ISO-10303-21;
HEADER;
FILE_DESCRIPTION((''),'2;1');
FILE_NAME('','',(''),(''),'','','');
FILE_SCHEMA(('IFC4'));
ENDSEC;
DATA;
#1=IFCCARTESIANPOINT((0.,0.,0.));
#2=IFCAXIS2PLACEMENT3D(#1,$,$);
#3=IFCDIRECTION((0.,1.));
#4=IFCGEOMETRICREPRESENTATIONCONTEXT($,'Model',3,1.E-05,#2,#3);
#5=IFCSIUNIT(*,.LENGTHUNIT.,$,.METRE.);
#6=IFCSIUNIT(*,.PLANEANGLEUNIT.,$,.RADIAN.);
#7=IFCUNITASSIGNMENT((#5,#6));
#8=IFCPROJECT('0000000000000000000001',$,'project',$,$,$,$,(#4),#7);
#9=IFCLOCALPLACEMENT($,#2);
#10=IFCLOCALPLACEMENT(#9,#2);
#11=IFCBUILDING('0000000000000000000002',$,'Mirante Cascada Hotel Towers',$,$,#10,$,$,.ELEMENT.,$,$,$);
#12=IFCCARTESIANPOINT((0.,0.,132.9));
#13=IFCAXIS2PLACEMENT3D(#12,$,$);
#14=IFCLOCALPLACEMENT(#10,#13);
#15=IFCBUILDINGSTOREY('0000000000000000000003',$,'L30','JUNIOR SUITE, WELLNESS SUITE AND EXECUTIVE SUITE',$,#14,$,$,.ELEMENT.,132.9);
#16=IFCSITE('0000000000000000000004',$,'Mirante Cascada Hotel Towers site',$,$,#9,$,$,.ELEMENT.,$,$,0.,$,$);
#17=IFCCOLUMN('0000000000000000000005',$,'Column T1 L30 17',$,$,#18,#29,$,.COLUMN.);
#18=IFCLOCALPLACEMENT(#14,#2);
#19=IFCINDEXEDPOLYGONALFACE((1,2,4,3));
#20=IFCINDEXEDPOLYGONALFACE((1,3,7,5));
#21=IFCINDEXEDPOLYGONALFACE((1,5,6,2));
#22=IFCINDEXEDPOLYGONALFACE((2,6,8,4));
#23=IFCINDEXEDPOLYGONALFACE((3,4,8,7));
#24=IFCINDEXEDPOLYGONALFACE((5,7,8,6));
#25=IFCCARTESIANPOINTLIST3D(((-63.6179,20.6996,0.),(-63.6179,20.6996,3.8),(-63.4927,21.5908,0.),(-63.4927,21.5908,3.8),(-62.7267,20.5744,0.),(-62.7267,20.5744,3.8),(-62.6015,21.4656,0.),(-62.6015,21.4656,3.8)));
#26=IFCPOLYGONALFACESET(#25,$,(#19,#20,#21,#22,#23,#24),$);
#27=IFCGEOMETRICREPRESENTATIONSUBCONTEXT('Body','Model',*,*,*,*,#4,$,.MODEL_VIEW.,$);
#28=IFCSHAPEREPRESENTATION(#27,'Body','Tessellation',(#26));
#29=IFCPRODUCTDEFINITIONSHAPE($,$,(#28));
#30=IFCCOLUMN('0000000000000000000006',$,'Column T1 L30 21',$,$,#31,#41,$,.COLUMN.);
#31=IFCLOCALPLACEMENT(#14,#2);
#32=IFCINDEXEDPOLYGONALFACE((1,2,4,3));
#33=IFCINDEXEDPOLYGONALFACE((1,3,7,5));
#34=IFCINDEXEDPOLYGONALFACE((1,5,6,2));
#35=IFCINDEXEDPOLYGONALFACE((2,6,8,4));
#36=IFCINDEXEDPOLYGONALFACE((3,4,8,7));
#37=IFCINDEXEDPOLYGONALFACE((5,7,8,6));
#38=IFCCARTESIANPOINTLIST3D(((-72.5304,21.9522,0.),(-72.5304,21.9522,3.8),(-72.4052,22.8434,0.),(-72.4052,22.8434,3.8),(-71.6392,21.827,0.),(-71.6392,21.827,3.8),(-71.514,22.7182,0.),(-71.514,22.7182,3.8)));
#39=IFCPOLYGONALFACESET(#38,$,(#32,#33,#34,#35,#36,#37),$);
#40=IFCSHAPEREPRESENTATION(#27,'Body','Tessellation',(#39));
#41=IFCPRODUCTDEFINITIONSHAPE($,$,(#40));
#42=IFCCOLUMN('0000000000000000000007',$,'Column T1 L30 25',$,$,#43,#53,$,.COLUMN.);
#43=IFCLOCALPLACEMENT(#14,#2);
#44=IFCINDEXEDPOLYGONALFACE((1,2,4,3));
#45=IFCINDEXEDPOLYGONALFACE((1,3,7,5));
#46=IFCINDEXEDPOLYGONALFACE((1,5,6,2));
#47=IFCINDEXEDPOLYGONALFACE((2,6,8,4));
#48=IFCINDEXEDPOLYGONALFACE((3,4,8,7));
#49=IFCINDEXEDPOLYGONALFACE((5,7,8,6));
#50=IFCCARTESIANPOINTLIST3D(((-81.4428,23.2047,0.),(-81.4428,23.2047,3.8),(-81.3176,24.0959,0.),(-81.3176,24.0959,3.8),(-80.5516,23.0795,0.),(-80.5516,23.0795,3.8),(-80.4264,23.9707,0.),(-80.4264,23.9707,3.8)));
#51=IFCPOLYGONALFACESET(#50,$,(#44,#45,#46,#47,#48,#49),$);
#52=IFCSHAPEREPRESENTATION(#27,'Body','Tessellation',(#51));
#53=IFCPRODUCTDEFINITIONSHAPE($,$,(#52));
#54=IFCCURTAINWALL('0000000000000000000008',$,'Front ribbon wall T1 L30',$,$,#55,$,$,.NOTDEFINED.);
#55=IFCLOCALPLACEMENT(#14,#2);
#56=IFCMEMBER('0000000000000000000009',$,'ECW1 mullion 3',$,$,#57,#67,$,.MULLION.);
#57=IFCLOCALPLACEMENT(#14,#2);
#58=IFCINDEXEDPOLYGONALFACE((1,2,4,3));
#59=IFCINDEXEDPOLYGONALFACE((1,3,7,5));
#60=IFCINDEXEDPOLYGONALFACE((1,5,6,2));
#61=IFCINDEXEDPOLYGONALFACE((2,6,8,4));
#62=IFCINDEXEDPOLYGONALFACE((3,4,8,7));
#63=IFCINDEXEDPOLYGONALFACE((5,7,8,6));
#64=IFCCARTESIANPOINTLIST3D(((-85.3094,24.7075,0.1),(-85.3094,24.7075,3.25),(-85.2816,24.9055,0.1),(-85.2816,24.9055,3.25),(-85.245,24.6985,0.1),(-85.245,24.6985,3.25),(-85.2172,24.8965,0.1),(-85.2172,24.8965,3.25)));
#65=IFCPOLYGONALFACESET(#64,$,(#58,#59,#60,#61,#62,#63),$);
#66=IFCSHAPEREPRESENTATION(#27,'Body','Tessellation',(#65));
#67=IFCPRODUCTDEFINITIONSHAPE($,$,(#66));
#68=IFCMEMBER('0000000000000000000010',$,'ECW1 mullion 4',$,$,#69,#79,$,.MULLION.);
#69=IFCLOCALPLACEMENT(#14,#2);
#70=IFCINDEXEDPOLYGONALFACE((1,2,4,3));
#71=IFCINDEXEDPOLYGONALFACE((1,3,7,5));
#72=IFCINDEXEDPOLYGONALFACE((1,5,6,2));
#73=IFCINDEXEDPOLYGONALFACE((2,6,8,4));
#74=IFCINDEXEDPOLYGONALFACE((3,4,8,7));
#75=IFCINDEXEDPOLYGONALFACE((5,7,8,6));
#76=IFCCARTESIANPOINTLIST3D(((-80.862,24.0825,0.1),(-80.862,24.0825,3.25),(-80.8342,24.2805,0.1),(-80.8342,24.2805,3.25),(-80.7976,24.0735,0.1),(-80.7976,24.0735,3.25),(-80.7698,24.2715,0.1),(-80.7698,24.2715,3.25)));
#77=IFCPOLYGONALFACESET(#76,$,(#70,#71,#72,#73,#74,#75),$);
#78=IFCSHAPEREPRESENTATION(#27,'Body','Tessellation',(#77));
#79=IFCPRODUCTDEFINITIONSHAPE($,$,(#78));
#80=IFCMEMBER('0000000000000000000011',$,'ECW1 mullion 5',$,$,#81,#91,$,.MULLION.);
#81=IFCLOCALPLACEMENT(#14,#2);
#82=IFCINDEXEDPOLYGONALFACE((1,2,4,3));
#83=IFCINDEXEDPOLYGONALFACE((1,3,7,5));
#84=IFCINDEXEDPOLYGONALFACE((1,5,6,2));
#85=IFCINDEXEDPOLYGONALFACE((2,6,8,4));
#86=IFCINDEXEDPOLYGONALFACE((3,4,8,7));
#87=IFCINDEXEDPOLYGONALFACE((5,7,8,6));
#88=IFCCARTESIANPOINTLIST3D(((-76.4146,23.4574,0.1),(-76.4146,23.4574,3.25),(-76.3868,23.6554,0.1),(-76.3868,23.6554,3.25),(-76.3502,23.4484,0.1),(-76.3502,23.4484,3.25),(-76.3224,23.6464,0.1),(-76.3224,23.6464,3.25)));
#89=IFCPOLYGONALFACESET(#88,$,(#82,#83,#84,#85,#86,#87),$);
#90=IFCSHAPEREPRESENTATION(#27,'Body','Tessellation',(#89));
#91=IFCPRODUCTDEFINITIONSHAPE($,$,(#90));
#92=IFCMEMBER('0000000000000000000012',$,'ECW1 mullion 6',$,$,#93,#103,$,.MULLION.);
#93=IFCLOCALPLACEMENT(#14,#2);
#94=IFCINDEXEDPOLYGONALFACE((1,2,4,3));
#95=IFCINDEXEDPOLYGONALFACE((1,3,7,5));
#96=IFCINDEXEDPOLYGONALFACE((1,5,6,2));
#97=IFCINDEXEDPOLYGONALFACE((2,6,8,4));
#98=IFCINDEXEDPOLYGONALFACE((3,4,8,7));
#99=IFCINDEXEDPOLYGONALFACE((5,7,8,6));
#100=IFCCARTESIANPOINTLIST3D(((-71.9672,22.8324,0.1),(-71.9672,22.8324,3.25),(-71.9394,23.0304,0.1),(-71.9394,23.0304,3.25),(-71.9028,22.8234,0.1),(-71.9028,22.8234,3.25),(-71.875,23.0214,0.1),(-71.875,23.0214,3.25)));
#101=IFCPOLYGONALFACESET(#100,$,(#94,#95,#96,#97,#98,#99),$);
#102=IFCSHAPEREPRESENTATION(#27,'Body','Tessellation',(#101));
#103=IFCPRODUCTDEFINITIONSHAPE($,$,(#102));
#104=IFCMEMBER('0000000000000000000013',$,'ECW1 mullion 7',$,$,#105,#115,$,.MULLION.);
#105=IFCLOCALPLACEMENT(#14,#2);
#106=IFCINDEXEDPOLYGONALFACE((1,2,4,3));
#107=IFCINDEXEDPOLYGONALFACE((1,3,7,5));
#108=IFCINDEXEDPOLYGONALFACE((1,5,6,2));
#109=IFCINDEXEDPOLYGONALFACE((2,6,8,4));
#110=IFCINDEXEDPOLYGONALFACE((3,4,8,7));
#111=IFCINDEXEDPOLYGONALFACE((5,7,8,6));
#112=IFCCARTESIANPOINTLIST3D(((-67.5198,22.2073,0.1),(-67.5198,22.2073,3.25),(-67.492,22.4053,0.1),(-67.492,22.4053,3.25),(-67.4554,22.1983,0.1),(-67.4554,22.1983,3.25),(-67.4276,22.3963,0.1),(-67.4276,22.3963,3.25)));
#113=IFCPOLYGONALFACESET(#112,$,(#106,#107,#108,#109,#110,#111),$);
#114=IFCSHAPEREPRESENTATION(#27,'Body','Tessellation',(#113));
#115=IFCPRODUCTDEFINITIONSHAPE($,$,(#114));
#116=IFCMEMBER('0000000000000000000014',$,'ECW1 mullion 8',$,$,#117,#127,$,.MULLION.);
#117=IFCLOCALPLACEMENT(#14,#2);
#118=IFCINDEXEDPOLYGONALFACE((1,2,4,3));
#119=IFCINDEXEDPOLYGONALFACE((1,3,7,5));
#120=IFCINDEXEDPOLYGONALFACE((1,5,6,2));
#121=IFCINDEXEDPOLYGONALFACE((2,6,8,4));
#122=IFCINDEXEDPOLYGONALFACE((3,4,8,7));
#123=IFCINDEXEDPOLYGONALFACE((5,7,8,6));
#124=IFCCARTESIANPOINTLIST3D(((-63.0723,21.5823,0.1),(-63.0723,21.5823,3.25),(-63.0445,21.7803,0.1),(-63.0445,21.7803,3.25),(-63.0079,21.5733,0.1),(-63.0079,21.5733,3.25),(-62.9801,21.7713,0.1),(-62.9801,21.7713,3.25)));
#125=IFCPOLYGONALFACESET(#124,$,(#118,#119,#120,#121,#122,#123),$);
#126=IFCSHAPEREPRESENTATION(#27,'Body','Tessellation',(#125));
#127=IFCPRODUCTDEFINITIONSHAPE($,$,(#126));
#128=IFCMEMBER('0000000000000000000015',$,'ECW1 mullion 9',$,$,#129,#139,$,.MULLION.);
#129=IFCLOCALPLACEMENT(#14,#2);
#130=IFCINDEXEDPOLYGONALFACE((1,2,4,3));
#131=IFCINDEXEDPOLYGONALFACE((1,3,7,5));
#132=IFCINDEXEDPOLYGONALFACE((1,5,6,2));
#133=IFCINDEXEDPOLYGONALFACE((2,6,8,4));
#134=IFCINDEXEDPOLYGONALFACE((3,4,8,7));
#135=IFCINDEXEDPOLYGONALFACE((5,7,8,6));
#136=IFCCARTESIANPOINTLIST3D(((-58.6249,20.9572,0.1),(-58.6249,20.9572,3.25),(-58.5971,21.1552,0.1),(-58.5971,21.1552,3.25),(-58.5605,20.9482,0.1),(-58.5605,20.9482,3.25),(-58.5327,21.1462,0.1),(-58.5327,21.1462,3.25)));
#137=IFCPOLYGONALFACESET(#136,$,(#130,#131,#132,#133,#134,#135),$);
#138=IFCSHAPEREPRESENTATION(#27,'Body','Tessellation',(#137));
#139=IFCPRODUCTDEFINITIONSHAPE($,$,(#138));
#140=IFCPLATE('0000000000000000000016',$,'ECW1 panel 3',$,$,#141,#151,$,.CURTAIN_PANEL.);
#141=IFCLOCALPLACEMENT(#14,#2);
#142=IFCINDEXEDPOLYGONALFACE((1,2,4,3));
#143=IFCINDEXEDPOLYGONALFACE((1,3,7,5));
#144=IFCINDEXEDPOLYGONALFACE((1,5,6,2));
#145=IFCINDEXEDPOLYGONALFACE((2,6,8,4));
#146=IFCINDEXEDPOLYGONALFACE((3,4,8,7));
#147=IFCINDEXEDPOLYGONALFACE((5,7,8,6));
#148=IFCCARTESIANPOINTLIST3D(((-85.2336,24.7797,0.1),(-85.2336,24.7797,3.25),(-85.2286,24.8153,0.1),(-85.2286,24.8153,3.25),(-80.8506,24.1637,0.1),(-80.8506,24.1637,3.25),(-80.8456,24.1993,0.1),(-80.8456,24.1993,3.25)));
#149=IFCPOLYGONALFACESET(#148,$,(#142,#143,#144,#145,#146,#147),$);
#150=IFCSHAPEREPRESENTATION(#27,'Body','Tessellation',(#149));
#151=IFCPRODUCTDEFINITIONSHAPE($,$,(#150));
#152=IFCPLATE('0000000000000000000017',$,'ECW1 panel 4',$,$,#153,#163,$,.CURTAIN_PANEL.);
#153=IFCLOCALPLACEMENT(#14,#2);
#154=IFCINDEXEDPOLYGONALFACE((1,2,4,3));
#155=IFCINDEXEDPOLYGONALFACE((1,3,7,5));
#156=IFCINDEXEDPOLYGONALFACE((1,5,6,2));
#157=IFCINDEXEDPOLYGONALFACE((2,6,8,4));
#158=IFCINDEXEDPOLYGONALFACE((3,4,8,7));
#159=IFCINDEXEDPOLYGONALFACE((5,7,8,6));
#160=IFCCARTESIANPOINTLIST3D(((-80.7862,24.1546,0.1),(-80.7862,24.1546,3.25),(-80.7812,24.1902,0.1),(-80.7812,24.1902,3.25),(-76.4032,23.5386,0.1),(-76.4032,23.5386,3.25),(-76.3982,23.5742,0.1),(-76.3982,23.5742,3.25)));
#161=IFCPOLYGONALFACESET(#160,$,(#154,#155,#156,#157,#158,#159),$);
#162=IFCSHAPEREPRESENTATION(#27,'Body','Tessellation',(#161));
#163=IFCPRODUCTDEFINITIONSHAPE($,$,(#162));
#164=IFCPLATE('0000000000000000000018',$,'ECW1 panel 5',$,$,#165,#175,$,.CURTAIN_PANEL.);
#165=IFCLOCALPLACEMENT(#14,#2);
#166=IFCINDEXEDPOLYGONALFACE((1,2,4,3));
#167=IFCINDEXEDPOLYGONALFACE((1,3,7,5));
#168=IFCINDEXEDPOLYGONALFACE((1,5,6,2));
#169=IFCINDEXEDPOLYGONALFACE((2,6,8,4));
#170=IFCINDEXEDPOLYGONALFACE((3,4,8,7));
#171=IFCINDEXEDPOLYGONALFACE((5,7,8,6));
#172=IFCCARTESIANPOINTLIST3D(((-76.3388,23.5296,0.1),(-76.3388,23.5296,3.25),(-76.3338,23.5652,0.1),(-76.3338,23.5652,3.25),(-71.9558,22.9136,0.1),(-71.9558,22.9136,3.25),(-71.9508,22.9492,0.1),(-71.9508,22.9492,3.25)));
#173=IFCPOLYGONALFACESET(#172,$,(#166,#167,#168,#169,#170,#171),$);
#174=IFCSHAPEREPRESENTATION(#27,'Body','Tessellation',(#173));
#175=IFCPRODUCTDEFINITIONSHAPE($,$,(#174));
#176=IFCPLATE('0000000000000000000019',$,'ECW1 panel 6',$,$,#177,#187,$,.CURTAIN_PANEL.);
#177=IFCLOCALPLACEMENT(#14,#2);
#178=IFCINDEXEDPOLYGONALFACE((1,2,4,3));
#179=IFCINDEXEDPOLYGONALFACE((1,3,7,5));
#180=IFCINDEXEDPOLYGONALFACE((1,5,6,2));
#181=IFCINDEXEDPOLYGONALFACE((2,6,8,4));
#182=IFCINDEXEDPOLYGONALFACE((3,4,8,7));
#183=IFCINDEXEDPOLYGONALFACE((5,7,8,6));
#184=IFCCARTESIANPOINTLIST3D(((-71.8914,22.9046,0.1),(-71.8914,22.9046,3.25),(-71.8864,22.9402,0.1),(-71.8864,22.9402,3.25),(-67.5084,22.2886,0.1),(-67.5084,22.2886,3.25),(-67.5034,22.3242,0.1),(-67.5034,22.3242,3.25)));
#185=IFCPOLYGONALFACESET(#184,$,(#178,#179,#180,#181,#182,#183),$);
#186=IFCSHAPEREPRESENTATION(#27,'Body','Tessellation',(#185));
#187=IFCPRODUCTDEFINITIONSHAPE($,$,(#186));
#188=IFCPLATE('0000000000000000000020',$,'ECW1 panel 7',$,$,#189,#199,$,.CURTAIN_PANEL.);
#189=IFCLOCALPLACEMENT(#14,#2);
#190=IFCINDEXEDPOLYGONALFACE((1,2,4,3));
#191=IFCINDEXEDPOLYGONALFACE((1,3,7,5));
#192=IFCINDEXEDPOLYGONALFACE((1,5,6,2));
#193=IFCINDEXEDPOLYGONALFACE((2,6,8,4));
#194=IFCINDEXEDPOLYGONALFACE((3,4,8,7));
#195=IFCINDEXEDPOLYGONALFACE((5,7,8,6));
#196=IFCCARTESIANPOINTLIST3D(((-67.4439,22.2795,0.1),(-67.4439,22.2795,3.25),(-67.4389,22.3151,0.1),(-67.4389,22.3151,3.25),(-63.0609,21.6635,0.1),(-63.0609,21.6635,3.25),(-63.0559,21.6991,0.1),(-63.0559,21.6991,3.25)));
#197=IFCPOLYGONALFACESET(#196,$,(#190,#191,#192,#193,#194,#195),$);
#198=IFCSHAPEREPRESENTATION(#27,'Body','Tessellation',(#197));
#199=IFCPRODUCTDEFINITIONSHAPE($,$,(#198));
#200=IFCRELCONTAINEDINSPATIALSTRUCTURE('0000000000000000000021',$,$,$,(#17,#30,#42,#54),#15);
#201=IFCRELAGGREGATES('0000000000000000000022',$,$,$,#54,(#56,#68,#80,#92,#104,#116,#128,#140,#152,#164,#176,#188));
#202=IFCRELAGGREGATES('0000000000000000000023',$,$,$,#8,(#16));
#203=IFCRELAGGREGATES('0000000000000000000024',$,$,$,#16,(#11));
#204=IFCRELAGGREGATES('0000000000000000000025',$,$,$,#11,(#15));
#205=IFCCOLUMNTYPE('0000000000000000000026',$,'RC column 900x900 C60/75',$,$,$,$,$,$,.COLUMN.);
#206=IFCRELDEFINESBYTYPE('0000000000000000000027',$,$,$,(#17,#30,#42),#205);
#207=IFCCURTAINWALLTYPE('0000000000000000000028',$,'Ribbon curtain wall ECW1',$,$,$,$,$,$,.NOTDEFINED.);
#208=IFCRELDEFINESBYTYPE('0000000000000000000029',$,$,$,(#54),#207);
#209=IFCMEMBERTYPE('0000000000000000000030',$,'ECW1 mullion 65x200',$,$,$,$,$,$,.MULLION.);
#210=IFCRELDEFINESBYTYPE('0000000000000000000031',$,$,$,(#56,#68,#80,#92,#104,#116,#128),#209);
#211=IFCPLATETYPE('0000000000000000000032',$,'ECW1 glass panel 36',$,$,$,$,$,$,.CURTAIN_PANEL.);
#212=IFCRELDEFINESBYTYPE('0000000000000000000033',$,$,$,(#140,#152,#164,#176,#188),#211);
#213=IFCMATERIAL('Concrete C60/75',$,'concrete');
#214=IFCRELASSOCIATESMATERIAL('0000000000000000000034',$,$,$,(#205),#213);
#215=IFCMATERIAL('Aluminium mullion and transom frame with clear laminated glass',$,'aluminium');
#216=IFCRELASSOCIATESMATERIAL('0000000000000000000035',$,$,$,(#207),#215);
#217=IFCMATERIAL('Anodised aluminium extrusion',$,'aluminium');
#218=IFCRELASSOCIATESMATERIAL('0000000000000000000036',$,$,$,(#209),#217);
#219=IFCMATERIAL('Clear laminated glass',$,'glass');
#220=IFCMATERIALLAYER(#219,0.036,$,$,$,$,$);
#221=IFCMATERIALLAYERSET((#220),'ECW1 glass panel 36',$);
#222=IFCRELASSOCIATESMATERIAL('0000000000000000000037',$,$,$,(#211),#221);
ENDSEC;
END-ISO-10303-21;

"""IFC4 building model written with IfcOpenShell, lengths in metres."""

from ifc_helpers import new_model, si_unit, direction, frame, origin, origin_2d, place, context, subcontext, project, spatial, rectangle, extrude, material, layer, layer_set, material_profile, profile_set, type_object, element, aggregate, save


model = new_model("IFC4")

# Units and contexts
model_context = context("Model", 3, precision=1e-05, world=origin(), true_north=direction((0.0, 1.0)))
body_context = subcontext(model_context, "Body", "Model", "MODEL_VIEW")
ifc_project = project(units=[si_unit("LENGTHUNIT", "METRE"), si_unit("PLANEANGLEUNIT", "RADIAN")], contexts=[model_context])

# Site, building, storey
site_placement = place(None, origin())
site = spatial("IfcSite", under=ifc_project, at=site_placement, Name="Mirante Cascada Hotel Towers site", CompositionType="ELEMENT", RefElevation=0.0)
building_placement = place(site_placement, origin())
building = spatial("IfcBuilding", under=site, at=building_placement, Name="Mirante Cascada Hotel Towers", CompositionType="ELEMENT")
storey_placement = place(building_placement, frame((0.0, 0.0, 132.9)))
storey = spatial("IfcBuildingStorey", under=building, at=storey_placement, Name="L30", Description="JUNIOR SUITE, WELLNESS SUITE AND EXECUTIVE SUITE", CompositionType="ELEMENT", Elevation=132.9)

# Columns
ifc_material_1 = material(Name="Concrete C60/75", Category="concrete")
ifc_material_profile_1 = material_profile(ifc_material_1, rectangle(XDim=0.9, YDim=0.9, at=origin_2d()), Name="RC column 900x900 C60/75")
ifc_profile_set_1 = profile_set([ifc_material_profile_1], Name="Concrete C60/75")
column_type = type_object("IfcColumnType", Name="RC column 900x900 C60/75", PredefinedType="COLUMN", material=ifc_profile_set_1)
for number, where, z_axis, x_axis, name in (
    (1, (-63.1097, 21.0826, 0.0), (0.0, 0.0, 1.0), (-0.990268, 0.139173, 0.0), "Column T1 L30 17"),
    (2, (-72.0222, 22.3352, 0.0), (0.0, 0.0, 1.0), (-0.990268, 0.139173, 0.0), "Column T1 L30 21"),
    (3, (-80.9346, 23.5877, 0.0), (0.0, 0.0, 1.0), (-0.990268, 0.139173, 0.0), "Column T1 L30 25"),
):
    element("IfcColumn", number, at=place(storey_placement, frame(where, z_axis=z_axis, x_axis=x_axis)), inside=storey, type_object=column_type, Name=name, PredefinedType="COLUMN", context=body_context, shape_type="SweptSolid", body=[
        extrude(rectangle(XDim=0.9, YDim=0.9, at=origin_2d()), origin(), (0.0, 0.0, 1.0), 3.8),
    ])

# Curtain wall, members, plates
ifc_material_2 = material(Name="Aluminium mullion and transom frame with clear laminated glass", Category="aluminium")
curtain_wall_type = type_object("IfcCurtainWallType", Name="Ribbon curtain wall ECW1", PredefinedType="NOTDEFINED", material=ifc_material_2)
curtain_wall_placement = place(storey_placement, origin())
curtain_wall = element("IfcCurtainWall", 4, at=curtain_wall_placement, inside=storey, type_object=curtain_wall_type, Name="Front ribbon wall T1 L30", PredefinedType="NOTDEFINED")
ifc_material_3 = material(Name="Anodised aluminium extrusion", Category="aluminium")
ifc_material_profile_2 = material_profile(ifc_material_3, rectangle(XDim=0.2, YDim=0.065, at=origin_2d()), Name="ECW1 MULLION 65x200")
ifc_profile_set_2 = profile_set([ifc_material_profile_2], Name="Anodised aluminium extrusion")
member_type = type_object("IfcMemberType", Name="ECW1 mullion 65x200", PredefinedType="MULLION", material=ifc_profile_set_2)
member_1_placement = place(storey_placement, frame((-85.2633, 24.802, 0.1), z_axis=(0.0, 0.0, 1.0), x_axis=(0.139173, 0.990268, 0.0)))
member_1 = element("IfcMember", 5, at=member_1_placement, type_object=member_type, Name="ECW1 mullion 3", PredefinedType="MULLION", context=body_context, shape_type="SweptSolid", body=[
    extrude(rectangle(XDim=0.2, YDim=0.065, at=origin_2d()), origin(), (0.0, 0.0, 1.0), 3.15),
])
member_2_placement = place(storey_placement, frame((-80.8159, 24.177, 0.1), z_axis=(0.0, 0.0, 1.0), x_axis=(0.139173, 0.990268, 0.0)))
member_2 = element("IfcMember", 6, at=member_2_placement, type_object=member_type, Name="ECW1 mullion 4", PredefinedType="MULLION", context=body_context, shape_type="SweptSolid", body=[
    extrude(rectangle(XDim=0.2, YDim=0.065, at=origin_2d()), origin(), (0.0, 0.0, 1.0), 3.15),
])
member_3_placement = place(storey_placement, frame((-76.3685, 23.5519, 0.1), z_axis=(0.0, 0.0, 1.0), x_axis=(0.139173, 0.990268, 0.0)))
member_3 = element("IfcMember", 7, at=member_3_placement, type_object=member_type, Name="ECW1 mullion 5", PredefinedType="MULLION", context=body_context, shape_type="SweptSolid", body=[
    extrude(rectangle(XDim=0.2, YDim=0.065, at=origin_2d()), origin(), (0.0, 0.0, 1.0), 3.15),
])
member_4_placement = place(storey_placement, frame((-71.9211, 22.9269, 0.1), z_axis=(0.0, 0.0, 1.0), x_axis=(0.139173, 0.990268, 0.0)))
member_4 = element("IfcMember", 8, at=member_4_placement, type_object=member_type, Name="ECW1 mullion 6", PredefinedType="MULLION", context=body_context, shape_type="SweptSolid", body=[
    extrude(rectangle(XDim=0.2, YDim=0.065, at=origin_2d()), origin(), (0.0, 0.0, 1.0), 3.15),
])
member_5_placement = place(storey_placement, frame((-67.4737, 22.3018, 0.1), z_axis=(0.0, 0.0, 1.0), x_axis=(0.139173, 0.990268, 0.0)))
member_5 = element("IfcMember", 9, at=member_5_placement, type_object=member_type, Name="ECW1 mullion 7", PredefinedType="MULLION", context=body_context, shape_type="SweptSolid", body=[
    extrude(rectangle(XDim=0.2, YDim=0.065, at=origin_2d()), origin(), (0.0, 0.0, 1.0), 3.15),
])
member_6_placement = place(storey_placement, frame((-63.0262, 21.6768, 0.1), z_axis=(0.0, 0.0, 1.0), x_axis=(0.139173, 0.990268, 0.0)))
member_6 = element("IfcMember", 10, at=member_6_placement, type_object=member_type, Name="ECW1 mullion 8", PredefinedType="MULLION", context=body_context, shape_type="SweptSolid", body=[
    extrude(rectangle(XDim=0.2, YDim=0.065, at=origin_2d()), origin(), (0.0, 0.0, 1.0), 3.15),
])
member_7_placement = place(storey_placement, frame((-58.5788, 21.0517, 0.1), z_axis=(0.0, 0.0, 1.0), x_axis=(0.139173, 0.990268, 0.0)))
member_7 = element("IfcMember", 11, at=member_7_placement, type_object=member_type, Name="ECW1 mullion 9", PredefinedType="MULLION", context=body_context, shape_type="SweptSolid", body=[
    extrude(rectangle(XDim=0.2, YDim=0.065, at=origin_2d()), origin(), (0.0, 0.0, 1.0), 3.15),
])
ifc_material_4 = material(Name="Clear laminated glass", Category="glass")
ifc_layer_1 = layer(ifc_material_4, 0.036)
ifc_layer_set_1 = layer_set([ifc_layer_1], Name="ECW1 glass panel 36")
plate_type = type_object("IfcPlateType", Name="ECW1 glass panel 36", PredefinedType="CURTAIN_PANEL", material=ifc_layer_set_1)
plate_1_placement = place(storey_placement, frame((-83.0396, 24.4895, 0.1), z_axis=(0.0, 0.0, 1.0), x_axis=(0.990268, -0.139173, 0.0)))
plate_1 = element("IfcPlate", 12, at=plate_1_placement, type_object=plate_type, Name="ECW1 panel 3", PredefinedType="CURTAIN_PANEL", context=body_context, shape_type="SweptSolid", body=[
    extrude(rectangle(XDim=4.4261, YDim=0.036, at=origin_2d()), origin(), (0.0, 0.0, 1.0), 3.15),
])
plate_2_placement = place(storey_placement, frame((-78.5922, 23.8644, 0.1), z_axis=(0.0, 0.0, 1.0), x_axis=(0.990268, -0.139173, 0.0)))
plate_2 = element("IfcPlate", 13, at=plate_2_placement, type_object=plate_type, Name="ECW1 panel 4", PredefinedType="CURTAIN_PANEL", context=body_context, shape_type="SweptSolid", body=[
    extrude(rectangle(XDim=4.4261, YDim=0.036, at=origin_2d()), origin(), (0.0, 0.0, 1.0), 3.15),
])
plate_3_placement = place(storey_placement, frame((-74.1448, 23.2394, 0.1), z_axis=(0.0, 0.0, 1.0), x_axis=(0.990268, -0.139173, 0.0)))
plate_3 = element("IfcPlate", 14, at=plate_3_placement, type_object=plate_type, Name="ECW1 panel 5", PredefinedType="CURTAIN_PANEL", context=body_context, shape_type="SweptSolid", body=[
    extrude(rectangle(XDim=4.4261, YDim=0.036, at=origin_2d()), origin(), (0.0, 0.0, 1.0), 3.15),
])
plate_4_placement = place(storey_placement, frame((-69.6974, 22.6144, 0.1), z_axis=(0.0, 0.0, 1.0), x_axis=(0.990268, -0.139173, 0.0)))
plate_4 = element("IfcPlate", 15, at=plate_4_placement, type_object=plate_type, Name="ECW1 panel 6", PredefinedType="CURTAIN_PANEL", context=body_context, shape_type="SweptSolid", body=[
    extrude(rectangle(XDim=4.4261, YDim=0.036, at=origin_2d()), origin(), (0.0, 0.0, 1.0), 3.15),
])
plate_5_placement = place(storey_placement, frame((-65.2499, 21.9893, 0.1), z_axis=(0.0, 0.0, 1.0), x_axis=(0.990268, -0.139173, 0.0)))
plate_5 = element("IfcPlate", 16, at=plate_5_placement, type_object=plate_type, Name="ECW1 panel 7", PredefinedType="CURTAIN_PANEL", context=body_context, shape_type="SweptSolid", body=[
    extrude(rectangle(XDim=4.4261, YDim=0.036, at=origin_2d()), origin(), (0.0, 0.0, 1.0), 3.15),
])
aggregate(curtain_wall, [member_1, member_2, member_3, member_4, member_5, member_6, member_7, plate_1, plate_2, plate_3, plate_4, plate_5])

save(model, "model.ifc")
